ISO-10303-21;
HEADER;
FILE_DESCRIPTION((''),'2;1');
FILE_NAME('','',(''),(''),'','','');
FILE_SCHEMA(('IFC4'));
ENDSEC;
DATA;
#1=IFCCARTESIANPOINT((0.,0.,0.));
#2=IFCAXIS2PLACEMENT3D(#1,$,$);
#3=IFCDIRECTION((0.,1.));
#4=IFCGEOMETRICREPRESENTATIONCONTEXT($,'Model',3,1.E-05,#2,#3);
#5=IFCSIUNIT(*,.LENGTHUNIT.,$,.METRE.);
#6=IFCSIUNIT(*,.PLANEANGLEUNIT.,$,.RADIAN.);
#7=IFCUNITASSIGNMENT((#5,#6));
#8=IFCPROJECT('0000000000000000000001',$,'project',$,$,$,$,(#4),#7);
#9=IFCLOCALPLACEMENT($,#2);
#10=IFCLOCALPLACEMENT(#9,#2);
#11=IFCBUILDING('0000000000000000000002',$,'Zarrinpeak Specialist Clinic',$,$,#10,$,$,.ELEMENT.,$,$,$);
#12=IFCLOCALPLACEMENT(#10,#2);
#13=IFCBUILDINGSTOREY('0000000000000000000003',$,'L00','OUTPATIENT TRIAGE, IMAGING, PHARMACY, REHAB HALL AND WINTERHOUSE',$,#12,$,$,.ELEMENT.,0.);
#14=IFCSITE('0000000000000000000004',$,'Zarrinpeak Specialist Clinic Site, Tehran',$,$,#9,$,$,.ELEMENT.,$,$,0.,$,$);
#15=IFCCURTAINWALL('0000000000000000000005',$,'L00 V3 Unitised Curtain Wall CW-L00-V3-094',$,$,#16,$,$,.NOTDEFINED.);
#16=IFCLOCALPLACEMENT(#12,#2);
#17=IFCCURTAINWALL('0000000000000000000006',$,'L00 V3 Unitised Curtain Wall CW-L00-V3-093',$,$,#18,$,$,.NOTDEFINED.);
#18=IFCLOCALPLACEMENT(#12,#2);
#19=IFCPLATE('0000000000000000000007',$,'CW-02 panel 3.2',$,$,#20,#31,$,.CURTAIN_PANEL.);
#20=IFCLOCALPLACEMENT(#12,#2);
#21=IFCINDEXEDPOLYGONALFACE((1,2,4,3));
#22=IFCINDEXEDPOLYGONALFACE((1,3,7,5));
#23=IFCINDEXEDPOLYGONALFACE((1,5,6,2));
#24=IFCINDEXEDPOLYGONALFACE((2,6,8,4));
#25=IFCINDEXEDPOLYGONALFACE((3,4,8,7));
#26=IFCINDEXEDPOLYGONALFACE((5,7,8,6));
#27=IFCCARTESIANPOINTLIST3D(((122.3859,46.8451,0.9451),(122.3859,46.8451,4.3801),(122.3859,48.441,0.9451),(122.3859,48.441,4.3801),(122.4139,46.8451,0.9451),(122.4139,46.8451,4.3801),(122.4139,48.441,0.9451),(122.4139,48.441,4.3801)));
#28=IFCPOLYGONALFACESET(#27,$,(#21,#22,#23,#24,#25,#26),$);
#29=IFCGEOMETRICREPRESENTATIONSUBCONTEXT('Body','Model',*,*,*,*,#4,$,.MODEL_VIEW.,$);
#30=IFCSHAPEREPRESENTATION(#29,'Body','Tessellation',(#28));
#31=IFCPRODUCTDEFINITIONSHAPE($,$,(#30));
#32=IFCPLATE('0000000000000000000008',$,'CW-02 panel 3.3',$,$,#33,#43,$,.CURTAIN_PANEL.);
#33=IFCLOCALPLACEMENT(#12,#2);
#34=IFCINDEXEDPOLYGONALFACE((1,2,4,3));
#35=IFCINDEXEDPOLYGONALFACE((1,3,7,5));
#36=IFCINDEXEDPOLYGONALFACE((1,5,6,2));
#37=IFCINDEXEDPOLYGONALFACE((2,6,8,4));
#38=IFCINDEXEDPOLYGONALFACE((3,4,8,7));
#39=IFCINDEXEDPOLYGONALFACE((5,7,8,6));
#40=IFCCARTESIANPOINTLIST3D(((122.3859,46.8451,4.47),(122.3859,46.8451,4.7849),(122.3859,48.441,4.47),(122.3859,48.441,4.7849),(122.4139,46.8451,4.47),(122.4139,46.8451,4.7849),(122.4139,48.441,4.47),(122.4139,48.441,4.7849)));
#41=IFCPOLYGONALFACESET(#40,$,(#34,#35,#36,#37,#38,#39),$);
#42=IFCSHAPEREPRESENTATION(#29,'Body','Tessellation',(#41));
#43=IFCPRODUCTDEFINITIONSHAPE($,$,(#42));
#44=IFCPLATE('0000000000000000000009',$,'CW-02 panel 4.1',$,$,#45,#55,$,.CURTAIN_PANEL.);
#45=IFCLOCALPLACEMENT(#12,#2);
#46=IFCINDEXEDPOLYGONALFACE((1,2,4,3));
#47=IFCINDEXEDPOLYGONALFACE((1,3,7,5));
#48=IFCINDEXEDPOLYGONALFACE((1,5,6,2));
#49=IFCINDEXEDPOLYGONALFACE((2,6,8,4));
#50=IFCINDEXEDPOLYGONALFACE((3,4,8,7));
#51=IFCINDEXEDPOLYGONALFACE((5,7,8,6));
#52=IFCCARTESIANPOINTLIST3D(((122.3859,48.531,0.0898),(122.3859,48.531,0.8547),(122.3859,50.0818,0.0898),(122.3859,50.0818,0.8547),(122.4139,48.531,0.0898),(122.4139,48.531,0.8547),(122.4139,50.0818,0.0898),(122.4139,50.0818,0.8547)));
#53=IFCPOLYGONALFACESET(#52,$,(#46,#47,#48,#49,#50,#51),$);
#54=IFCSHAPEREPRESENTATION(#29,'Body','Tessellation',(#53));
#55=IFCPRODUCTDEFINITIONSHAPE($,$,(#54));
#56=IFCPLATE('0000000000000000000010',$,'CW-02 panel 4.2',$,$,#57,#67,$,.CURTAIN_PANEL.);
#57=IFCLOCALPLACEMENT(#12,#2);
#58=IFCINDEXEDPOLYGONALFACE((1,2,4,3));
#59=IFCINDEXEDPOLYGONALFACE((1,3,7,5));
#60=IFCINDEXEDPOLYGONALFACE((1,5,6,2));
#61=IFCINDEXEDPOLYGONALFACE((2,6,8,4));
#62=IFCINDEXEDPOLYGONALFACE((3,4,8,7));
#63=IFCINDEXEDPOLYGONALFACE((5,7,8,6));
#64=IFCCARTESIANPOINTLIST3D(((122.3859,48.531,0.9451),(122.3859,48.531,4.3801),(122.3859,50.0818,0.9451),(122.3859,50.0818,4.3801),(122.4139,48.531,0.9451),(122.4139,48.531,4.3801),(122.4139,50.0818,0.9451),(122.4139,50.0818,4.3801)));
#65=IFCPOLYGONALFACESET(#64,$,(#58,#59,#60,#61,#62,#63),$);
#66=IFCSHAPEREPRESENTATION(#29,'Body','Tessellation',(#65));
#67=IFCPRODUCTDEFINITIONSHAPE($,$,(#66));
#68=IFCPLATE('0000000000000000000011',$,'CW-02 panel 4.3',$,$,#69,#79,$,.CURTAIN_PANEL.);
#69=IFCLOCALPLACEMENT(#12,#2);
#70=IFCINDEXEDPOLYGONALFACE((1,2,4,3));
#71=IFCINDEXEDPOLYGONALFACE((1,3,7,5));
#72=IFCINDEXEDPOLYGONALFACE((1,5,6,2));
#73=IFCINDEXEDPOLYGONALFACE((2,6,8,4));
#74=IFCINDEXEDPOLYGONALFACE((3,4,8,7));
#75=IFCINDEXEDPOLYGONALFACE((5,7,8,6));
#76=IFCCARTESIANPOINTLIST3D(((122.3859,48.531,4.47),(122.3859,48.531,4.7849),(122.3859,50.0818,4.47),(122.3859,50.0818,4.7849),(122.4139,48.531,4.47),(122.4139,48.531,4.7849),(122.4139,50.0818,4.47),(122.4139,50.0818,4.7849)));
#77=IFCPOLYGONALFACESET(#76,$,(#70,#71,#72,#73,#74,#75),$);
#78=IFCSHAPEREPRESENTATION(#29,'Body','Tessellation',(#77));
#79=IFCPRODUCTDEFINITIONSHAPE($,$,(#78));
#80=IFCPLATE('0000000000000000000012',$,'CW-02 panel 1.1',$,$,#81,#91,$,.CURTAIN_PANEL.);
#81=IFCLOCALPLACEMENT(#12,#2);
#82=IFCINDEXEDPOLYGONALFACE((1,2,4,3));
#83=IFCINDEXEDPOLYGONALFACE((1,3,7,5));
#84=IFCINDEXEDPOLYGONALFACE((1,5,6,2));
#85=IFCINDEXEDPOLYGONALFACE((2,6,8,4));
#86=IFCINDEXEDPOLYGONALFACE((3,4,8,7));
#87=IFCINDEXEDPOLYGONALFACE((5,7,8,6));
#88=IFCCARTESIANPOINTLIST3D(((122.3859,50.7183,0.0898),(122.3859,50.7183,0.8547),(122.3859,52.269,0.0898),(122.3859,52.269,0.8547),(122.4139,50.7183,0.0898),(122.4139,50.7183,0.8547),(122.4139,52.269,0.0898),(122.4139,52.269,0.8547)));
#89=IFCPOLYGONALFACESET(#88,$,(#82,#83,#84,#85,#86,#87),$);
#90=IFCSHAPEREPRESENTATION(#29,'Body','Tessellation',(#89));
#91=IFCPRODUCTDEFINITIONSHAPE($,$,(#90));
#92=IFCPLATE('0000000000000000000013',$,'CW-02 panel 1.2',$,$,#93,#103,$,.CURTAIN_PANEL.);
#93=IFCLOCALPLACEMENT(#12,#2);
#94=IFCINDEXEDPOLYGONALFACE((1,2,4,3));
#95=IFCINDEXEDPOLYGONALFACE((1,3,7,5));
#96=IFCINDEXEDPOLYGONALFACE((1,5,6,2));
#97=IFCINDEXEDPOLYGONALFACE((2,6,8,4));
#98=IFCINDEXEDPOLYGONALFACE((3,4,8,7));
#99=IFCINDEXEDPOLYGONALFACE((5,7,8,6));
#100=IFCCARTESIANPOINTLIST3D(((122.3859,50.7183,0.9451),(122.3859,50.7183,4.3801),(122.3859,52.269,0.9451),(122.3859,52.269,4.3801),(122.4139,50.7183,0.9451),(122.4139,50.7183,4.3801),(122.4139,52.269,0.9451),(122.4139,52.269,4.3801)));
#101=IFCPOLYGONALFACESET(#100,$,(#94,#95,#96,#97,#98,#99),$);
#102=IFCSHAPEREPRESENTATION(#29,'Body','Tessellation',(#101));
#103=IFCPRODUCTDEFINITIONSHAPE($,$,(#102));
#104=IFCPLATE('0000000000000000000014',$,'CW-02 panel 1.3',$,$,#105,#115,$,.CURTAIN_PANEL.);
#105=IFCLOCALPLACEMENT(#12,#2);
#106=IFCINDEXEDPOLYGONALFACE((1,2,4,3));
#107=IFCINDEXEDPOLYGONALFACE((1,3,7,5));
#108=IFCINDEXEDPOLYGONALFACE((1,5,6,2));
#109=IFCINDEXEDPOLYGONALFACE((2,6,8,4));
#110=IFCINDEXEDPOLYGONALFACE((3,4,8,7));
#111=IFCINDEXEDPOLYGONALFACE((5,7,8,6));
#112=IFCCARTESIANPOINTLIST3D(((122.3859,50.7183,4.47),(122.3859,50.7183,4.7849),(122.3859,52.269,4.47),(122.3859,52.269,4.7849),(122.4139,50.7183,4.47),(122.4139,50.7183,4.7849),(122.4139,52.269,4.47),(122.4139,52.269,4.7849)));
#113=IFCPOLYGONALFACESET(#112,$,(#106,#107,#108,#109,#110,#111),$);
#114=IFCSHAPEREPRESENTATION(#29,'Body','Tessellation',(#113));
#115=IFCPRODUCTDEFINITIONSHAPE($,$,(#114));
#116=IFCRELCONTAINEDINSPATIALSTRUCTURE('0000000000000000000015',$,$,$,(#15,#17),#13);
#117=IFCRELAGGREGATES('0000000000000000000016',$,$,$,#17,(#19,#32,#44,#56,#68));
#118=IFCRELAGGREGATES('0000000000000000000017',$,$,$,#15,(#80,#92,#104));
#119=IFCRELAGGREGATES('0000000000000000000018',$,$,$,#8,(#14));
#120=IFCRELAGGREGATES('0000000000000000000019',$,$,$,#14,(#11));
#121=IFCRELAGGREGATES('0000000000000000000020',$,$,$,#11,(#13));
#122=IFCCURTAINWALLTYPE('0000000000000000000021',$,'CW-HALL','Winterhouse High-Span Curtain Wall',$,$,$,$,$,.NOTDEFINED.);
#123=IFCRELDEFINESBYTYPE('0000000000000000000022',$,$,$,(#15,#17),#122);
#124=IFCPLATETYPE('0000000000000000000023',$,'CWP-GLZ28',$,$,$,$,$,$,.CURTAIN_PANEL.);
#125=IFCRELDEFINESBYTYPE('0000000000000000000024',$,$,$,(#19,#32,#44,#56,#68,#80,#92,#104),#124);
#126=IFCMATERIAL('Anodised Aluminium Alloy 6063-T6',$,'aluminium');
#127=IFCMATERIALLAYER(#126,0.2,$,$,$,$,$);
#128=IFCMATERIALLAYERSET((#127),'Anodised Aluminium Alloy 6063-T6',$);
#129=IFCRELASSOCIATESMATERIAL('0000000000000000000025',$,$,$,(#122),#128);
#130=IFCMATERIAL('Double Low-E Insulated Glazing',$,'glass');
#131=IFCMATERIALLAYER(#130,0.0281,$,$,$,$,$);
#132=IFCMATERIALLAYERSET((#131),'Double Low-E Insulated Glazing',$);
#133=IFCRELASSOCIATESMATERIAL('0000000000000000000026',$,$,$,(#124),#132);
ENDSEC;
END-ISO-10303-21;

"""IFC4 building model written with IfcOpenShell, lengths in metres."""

from ifc_helpers import new_model, si_unit, direction, frame, origin, origin_2d, place, context, subcontext, project, spatial, rectangle, extrude, material, layer, layer_set, type_object, element, aggregate, save


model = new_model("IFC4")

# Units and contexts
model_context = context("Model", 3, precision=1e-05, world=origin(), true_north=direction((0.0, 1.0)))
body_context = subcontext(model_context, "Body", "Model", "MODEL_VIEW")
ifc_project = project(units=[si_unit("LENGTHUNIT", "METRE"), si_unit("PLANEANGLEUNIT", "RADIAN")], contexts=[model_context])

# Site, building, storey
site_placement = place(None, origin())
site = spatial("IfcSite", under=ifc_project, at=site_placement, Name="Zarrinpeak Specialist Clinic Site, Tehran", CompositionType="ELEMENT", RefElevation=0.0)
building_placement = place(site_placement, origin())
building = spatial("IfcBuilding", under=site, at=building_placement, Name="Zarrinpeak Specialist Clinic", CompositionType="ELEMENT")
storey_placement = place(building_placement, origin())
storey = spatial("IfcBuildingStorey", under=building, at=storey_placement, Name="L00", Description="OUTPATIENT TRIAGE, IMAGING, PHARMACY, REHAB HALL AND WINTERHOUSE", CompositionType="ELEMENT", Elevation=0.0)

# Curtain walls
ifc_material_1 = material(Name="Anodised Aluminium Alloy 6063-T6", Category="aluminium")
ifc_layer_1 = layer(ifc_material_1, 0.2)
ifc_layer_set_1 = layer_set([ifc_layer_1], Name="Anodised Aluminium Alloy 6063-T6")
curtain_wall_type = type_object("IfcCurtainWallType", Name="CW-HALL", Description="Winterhouse High-Span Curtain Wall", PredefinedType="NOTDEFINED", material=ifc_layer_set_1)
curtain_wall_1_placement = place(storey_placement, origin())
curtain_wall_1 = element("IfcCurtainWall", 1, at=curtain_wall_1_placement, inside=storey, type_object=curtain_wall_type, Name="L00 V3 Unitised Curtain Wall CW-L00-V3-094", PredefinedType="NOTDEFINED")
curtain_wall_2_placement = place(storey_placement, origin())
curtain_wall_2 = element("IfcCurtainWall", 2, at=curtain_wall_2_placement, inside=storey, type_object=curtain_wall_type, Name="L00 V3 Unitised Curtain Wall CW-L00-V3-093", PredefinedType="NOTDEFINED")

# Plates
ifc_material_2 = material(Name="Double Low-E Insulated Glazing", Category="glass")
ifc_layer_2 = layer(ifc_material_2, 0.0281)
ifc_layer_set_2 = layer_set([ifc_layer_2], Name="Double Low-E Insulated Glazing")
plate_type = type_object("IfcPlateType", Name="CWP-GLZ28", PredefinedType="CURTAIN_PANEL", material=ifc_layer_set_2)
plate_1_placement = place(storey_placement, frame((122.3999, 47.6431, 0.9451), z_axis=(0.0, 0.0, 1.0), x_axis=(0.0, 1.0, 0.0)))
plate_1 = element("IfcPlate", 3, at=plate_1_placement, type_object=plate_type, Name="CW-02 panel 3.2", PredefinedType="CURTAIN_PANEL", context=body_context, shape_type="SweptSolid", body=[
    extrude(rectangle(XDim=1.5959, YDim=0.0281, at=origin_2d()), origin(), (0.0, 0.0, 1.0), 3.4351),
])
plate_2_placement = place(storey_placement, frame((122.3999, 47.6431, 4.47), z_axis=(0.0, 0.0, 1.0), x_axis=(0.0, 1.0, 0.0)))
plate_2 = element("IfcPlate", 4, at=plate_2_placement, type_object=plate_type, Name="CW-02 panel 3.3", PredefinedType="CURTAIN_PANEL", context=body_context, shape_type="SweptSolid", body=[
    extrude(rectangle(XDim=1.5959, YDim=0.0281, at=origin_2d()), origin(), (0.0, 0.0, 1.0), 0.3149),
])
plate_3_placement = place(storey_placement, frame((122.3999, 49.3064, 0.0898), z_axis=(0.0, 0.0, 1.0), x_axis=(0.0, 1.0, 0.0)))
plate_3 = element("IfcPlate", 5, at=plate_3_placement, type_object=plate_type, Name="CW-02 panel 4.1", PredefinedType="CURTAIN_PANEL", context=body_context, shape_type="SweptSolid", body=[
    extrude(rectangle(XDim=1.5508, YDim=0.0281, at=origin_2d()), origin(), (0.0, 0.0, 1.0), 0.7649),
])
plate_4_placement = place(storey_placement, frame((122.3999, 49.3064, 0.9451), z_axis=(0.0, 0.0, 1.0), x_axis=(0.0, 1.0, 0.0)))
plate_4 = element("IfcPlate", 6, at=plate_4_placement, type_object=plate_type, Name="CW-02 panel 4.2", PredefinedType="CURTAIN_PANEL", context=body_context, shape_type="SweptSolid", body=[
    extrude(rectangle(XDim=1.5508, YDim=0.0281, at=origin_2d()), origin(), (0.0, 0.0, 1.0), 3.4351),
])
plate_5_placement = place(storey_placement, frame((122.3999, 49.3064, 4.47), z_axis=(0.0, 0.0, 1.0), x_axis=(0.0, 1.0, 0.0)))
plate_5 = element("IfcPlate", 7, at=plate_5_placement, type_object=plate_type, Name="CW-02 panel 4.3", PredefinedType="CURTAIN_PANEL", context=body_context, shape_type="SweptSolid", body=[
    extrude(rectangle(XDim=1.5508, YDim=0.0281, at=origin_2d()), origin(), (0.0, 0.0, 1.0), 0.3149),
])
aggregate(curtain_wall_2, [plate_1, plate_2, plate_3, plate_4, plate_5])
plate_6_placement = place(storey_placement, frame((122.3999, 51.4937, 0.0898), z_axis=(0.0, 0.0, 1.0), x_axis=(0.0, 1.0, 0.0)))
plate_6 = element("IfcPlate", 8, at=plate_6_placement, type_object=plate_type, Name="CW-02 panel 1.1", PredefinedType="CURTAIN_PANEL", context=body_context, shape_type="SweptSolid", body=[
    extrude(rectangle(XDim=1.5508, YDim=0.0281, at=origin_2d()), origin(), (0.0, 0.0, 1.0), 0.7649),
])
plate_7_placement = place(storey_placement, frame((122.3999, 51.4937, 0.9451), z_axis=(0.0, 0.0, 1.0), x_axis=(0.0, 1.0, 0.0)))
plate_7 = element("IfcPlate", 9, at=plate_7_placement, type_object=plate_type, Name="CW-02 panel 1.2", PredefinedType="CURTAIN_PANEL", context=body_context, shape_type="SweptSolid", body=[
    extrude(rectangle(XDim=1.5508, YDim=0.0281, at=origin_2d()), origin(), (0.0, 0.0, 1.0), 3.4351),
])
plate_8_placement = place(storey_placement, frame((122.3999, 51.4937, 4.47), z_axis=(0.0, 0.0, 1.0), x_axis=(0.0, 1.0, 0.0)))
plate_8 = element("IfcPlate", 10, at=plate_8_placement, type_object=plate_type, Name="CW-02 panel 1.3", PredefinedType="CURTAIN_PANEL", context=body_context, shape_type="SweptSolid", body=[
    extrude(rectangle(XDim=1.5508, YDim=0.0281, at=origin_2d()), origin(), (0.0, 0.0, 1.0), 0.3149),
])
aggregate(curtain_wall_1, [plate_6, plate_7, plate_8])

save(model, "model.ifc")
